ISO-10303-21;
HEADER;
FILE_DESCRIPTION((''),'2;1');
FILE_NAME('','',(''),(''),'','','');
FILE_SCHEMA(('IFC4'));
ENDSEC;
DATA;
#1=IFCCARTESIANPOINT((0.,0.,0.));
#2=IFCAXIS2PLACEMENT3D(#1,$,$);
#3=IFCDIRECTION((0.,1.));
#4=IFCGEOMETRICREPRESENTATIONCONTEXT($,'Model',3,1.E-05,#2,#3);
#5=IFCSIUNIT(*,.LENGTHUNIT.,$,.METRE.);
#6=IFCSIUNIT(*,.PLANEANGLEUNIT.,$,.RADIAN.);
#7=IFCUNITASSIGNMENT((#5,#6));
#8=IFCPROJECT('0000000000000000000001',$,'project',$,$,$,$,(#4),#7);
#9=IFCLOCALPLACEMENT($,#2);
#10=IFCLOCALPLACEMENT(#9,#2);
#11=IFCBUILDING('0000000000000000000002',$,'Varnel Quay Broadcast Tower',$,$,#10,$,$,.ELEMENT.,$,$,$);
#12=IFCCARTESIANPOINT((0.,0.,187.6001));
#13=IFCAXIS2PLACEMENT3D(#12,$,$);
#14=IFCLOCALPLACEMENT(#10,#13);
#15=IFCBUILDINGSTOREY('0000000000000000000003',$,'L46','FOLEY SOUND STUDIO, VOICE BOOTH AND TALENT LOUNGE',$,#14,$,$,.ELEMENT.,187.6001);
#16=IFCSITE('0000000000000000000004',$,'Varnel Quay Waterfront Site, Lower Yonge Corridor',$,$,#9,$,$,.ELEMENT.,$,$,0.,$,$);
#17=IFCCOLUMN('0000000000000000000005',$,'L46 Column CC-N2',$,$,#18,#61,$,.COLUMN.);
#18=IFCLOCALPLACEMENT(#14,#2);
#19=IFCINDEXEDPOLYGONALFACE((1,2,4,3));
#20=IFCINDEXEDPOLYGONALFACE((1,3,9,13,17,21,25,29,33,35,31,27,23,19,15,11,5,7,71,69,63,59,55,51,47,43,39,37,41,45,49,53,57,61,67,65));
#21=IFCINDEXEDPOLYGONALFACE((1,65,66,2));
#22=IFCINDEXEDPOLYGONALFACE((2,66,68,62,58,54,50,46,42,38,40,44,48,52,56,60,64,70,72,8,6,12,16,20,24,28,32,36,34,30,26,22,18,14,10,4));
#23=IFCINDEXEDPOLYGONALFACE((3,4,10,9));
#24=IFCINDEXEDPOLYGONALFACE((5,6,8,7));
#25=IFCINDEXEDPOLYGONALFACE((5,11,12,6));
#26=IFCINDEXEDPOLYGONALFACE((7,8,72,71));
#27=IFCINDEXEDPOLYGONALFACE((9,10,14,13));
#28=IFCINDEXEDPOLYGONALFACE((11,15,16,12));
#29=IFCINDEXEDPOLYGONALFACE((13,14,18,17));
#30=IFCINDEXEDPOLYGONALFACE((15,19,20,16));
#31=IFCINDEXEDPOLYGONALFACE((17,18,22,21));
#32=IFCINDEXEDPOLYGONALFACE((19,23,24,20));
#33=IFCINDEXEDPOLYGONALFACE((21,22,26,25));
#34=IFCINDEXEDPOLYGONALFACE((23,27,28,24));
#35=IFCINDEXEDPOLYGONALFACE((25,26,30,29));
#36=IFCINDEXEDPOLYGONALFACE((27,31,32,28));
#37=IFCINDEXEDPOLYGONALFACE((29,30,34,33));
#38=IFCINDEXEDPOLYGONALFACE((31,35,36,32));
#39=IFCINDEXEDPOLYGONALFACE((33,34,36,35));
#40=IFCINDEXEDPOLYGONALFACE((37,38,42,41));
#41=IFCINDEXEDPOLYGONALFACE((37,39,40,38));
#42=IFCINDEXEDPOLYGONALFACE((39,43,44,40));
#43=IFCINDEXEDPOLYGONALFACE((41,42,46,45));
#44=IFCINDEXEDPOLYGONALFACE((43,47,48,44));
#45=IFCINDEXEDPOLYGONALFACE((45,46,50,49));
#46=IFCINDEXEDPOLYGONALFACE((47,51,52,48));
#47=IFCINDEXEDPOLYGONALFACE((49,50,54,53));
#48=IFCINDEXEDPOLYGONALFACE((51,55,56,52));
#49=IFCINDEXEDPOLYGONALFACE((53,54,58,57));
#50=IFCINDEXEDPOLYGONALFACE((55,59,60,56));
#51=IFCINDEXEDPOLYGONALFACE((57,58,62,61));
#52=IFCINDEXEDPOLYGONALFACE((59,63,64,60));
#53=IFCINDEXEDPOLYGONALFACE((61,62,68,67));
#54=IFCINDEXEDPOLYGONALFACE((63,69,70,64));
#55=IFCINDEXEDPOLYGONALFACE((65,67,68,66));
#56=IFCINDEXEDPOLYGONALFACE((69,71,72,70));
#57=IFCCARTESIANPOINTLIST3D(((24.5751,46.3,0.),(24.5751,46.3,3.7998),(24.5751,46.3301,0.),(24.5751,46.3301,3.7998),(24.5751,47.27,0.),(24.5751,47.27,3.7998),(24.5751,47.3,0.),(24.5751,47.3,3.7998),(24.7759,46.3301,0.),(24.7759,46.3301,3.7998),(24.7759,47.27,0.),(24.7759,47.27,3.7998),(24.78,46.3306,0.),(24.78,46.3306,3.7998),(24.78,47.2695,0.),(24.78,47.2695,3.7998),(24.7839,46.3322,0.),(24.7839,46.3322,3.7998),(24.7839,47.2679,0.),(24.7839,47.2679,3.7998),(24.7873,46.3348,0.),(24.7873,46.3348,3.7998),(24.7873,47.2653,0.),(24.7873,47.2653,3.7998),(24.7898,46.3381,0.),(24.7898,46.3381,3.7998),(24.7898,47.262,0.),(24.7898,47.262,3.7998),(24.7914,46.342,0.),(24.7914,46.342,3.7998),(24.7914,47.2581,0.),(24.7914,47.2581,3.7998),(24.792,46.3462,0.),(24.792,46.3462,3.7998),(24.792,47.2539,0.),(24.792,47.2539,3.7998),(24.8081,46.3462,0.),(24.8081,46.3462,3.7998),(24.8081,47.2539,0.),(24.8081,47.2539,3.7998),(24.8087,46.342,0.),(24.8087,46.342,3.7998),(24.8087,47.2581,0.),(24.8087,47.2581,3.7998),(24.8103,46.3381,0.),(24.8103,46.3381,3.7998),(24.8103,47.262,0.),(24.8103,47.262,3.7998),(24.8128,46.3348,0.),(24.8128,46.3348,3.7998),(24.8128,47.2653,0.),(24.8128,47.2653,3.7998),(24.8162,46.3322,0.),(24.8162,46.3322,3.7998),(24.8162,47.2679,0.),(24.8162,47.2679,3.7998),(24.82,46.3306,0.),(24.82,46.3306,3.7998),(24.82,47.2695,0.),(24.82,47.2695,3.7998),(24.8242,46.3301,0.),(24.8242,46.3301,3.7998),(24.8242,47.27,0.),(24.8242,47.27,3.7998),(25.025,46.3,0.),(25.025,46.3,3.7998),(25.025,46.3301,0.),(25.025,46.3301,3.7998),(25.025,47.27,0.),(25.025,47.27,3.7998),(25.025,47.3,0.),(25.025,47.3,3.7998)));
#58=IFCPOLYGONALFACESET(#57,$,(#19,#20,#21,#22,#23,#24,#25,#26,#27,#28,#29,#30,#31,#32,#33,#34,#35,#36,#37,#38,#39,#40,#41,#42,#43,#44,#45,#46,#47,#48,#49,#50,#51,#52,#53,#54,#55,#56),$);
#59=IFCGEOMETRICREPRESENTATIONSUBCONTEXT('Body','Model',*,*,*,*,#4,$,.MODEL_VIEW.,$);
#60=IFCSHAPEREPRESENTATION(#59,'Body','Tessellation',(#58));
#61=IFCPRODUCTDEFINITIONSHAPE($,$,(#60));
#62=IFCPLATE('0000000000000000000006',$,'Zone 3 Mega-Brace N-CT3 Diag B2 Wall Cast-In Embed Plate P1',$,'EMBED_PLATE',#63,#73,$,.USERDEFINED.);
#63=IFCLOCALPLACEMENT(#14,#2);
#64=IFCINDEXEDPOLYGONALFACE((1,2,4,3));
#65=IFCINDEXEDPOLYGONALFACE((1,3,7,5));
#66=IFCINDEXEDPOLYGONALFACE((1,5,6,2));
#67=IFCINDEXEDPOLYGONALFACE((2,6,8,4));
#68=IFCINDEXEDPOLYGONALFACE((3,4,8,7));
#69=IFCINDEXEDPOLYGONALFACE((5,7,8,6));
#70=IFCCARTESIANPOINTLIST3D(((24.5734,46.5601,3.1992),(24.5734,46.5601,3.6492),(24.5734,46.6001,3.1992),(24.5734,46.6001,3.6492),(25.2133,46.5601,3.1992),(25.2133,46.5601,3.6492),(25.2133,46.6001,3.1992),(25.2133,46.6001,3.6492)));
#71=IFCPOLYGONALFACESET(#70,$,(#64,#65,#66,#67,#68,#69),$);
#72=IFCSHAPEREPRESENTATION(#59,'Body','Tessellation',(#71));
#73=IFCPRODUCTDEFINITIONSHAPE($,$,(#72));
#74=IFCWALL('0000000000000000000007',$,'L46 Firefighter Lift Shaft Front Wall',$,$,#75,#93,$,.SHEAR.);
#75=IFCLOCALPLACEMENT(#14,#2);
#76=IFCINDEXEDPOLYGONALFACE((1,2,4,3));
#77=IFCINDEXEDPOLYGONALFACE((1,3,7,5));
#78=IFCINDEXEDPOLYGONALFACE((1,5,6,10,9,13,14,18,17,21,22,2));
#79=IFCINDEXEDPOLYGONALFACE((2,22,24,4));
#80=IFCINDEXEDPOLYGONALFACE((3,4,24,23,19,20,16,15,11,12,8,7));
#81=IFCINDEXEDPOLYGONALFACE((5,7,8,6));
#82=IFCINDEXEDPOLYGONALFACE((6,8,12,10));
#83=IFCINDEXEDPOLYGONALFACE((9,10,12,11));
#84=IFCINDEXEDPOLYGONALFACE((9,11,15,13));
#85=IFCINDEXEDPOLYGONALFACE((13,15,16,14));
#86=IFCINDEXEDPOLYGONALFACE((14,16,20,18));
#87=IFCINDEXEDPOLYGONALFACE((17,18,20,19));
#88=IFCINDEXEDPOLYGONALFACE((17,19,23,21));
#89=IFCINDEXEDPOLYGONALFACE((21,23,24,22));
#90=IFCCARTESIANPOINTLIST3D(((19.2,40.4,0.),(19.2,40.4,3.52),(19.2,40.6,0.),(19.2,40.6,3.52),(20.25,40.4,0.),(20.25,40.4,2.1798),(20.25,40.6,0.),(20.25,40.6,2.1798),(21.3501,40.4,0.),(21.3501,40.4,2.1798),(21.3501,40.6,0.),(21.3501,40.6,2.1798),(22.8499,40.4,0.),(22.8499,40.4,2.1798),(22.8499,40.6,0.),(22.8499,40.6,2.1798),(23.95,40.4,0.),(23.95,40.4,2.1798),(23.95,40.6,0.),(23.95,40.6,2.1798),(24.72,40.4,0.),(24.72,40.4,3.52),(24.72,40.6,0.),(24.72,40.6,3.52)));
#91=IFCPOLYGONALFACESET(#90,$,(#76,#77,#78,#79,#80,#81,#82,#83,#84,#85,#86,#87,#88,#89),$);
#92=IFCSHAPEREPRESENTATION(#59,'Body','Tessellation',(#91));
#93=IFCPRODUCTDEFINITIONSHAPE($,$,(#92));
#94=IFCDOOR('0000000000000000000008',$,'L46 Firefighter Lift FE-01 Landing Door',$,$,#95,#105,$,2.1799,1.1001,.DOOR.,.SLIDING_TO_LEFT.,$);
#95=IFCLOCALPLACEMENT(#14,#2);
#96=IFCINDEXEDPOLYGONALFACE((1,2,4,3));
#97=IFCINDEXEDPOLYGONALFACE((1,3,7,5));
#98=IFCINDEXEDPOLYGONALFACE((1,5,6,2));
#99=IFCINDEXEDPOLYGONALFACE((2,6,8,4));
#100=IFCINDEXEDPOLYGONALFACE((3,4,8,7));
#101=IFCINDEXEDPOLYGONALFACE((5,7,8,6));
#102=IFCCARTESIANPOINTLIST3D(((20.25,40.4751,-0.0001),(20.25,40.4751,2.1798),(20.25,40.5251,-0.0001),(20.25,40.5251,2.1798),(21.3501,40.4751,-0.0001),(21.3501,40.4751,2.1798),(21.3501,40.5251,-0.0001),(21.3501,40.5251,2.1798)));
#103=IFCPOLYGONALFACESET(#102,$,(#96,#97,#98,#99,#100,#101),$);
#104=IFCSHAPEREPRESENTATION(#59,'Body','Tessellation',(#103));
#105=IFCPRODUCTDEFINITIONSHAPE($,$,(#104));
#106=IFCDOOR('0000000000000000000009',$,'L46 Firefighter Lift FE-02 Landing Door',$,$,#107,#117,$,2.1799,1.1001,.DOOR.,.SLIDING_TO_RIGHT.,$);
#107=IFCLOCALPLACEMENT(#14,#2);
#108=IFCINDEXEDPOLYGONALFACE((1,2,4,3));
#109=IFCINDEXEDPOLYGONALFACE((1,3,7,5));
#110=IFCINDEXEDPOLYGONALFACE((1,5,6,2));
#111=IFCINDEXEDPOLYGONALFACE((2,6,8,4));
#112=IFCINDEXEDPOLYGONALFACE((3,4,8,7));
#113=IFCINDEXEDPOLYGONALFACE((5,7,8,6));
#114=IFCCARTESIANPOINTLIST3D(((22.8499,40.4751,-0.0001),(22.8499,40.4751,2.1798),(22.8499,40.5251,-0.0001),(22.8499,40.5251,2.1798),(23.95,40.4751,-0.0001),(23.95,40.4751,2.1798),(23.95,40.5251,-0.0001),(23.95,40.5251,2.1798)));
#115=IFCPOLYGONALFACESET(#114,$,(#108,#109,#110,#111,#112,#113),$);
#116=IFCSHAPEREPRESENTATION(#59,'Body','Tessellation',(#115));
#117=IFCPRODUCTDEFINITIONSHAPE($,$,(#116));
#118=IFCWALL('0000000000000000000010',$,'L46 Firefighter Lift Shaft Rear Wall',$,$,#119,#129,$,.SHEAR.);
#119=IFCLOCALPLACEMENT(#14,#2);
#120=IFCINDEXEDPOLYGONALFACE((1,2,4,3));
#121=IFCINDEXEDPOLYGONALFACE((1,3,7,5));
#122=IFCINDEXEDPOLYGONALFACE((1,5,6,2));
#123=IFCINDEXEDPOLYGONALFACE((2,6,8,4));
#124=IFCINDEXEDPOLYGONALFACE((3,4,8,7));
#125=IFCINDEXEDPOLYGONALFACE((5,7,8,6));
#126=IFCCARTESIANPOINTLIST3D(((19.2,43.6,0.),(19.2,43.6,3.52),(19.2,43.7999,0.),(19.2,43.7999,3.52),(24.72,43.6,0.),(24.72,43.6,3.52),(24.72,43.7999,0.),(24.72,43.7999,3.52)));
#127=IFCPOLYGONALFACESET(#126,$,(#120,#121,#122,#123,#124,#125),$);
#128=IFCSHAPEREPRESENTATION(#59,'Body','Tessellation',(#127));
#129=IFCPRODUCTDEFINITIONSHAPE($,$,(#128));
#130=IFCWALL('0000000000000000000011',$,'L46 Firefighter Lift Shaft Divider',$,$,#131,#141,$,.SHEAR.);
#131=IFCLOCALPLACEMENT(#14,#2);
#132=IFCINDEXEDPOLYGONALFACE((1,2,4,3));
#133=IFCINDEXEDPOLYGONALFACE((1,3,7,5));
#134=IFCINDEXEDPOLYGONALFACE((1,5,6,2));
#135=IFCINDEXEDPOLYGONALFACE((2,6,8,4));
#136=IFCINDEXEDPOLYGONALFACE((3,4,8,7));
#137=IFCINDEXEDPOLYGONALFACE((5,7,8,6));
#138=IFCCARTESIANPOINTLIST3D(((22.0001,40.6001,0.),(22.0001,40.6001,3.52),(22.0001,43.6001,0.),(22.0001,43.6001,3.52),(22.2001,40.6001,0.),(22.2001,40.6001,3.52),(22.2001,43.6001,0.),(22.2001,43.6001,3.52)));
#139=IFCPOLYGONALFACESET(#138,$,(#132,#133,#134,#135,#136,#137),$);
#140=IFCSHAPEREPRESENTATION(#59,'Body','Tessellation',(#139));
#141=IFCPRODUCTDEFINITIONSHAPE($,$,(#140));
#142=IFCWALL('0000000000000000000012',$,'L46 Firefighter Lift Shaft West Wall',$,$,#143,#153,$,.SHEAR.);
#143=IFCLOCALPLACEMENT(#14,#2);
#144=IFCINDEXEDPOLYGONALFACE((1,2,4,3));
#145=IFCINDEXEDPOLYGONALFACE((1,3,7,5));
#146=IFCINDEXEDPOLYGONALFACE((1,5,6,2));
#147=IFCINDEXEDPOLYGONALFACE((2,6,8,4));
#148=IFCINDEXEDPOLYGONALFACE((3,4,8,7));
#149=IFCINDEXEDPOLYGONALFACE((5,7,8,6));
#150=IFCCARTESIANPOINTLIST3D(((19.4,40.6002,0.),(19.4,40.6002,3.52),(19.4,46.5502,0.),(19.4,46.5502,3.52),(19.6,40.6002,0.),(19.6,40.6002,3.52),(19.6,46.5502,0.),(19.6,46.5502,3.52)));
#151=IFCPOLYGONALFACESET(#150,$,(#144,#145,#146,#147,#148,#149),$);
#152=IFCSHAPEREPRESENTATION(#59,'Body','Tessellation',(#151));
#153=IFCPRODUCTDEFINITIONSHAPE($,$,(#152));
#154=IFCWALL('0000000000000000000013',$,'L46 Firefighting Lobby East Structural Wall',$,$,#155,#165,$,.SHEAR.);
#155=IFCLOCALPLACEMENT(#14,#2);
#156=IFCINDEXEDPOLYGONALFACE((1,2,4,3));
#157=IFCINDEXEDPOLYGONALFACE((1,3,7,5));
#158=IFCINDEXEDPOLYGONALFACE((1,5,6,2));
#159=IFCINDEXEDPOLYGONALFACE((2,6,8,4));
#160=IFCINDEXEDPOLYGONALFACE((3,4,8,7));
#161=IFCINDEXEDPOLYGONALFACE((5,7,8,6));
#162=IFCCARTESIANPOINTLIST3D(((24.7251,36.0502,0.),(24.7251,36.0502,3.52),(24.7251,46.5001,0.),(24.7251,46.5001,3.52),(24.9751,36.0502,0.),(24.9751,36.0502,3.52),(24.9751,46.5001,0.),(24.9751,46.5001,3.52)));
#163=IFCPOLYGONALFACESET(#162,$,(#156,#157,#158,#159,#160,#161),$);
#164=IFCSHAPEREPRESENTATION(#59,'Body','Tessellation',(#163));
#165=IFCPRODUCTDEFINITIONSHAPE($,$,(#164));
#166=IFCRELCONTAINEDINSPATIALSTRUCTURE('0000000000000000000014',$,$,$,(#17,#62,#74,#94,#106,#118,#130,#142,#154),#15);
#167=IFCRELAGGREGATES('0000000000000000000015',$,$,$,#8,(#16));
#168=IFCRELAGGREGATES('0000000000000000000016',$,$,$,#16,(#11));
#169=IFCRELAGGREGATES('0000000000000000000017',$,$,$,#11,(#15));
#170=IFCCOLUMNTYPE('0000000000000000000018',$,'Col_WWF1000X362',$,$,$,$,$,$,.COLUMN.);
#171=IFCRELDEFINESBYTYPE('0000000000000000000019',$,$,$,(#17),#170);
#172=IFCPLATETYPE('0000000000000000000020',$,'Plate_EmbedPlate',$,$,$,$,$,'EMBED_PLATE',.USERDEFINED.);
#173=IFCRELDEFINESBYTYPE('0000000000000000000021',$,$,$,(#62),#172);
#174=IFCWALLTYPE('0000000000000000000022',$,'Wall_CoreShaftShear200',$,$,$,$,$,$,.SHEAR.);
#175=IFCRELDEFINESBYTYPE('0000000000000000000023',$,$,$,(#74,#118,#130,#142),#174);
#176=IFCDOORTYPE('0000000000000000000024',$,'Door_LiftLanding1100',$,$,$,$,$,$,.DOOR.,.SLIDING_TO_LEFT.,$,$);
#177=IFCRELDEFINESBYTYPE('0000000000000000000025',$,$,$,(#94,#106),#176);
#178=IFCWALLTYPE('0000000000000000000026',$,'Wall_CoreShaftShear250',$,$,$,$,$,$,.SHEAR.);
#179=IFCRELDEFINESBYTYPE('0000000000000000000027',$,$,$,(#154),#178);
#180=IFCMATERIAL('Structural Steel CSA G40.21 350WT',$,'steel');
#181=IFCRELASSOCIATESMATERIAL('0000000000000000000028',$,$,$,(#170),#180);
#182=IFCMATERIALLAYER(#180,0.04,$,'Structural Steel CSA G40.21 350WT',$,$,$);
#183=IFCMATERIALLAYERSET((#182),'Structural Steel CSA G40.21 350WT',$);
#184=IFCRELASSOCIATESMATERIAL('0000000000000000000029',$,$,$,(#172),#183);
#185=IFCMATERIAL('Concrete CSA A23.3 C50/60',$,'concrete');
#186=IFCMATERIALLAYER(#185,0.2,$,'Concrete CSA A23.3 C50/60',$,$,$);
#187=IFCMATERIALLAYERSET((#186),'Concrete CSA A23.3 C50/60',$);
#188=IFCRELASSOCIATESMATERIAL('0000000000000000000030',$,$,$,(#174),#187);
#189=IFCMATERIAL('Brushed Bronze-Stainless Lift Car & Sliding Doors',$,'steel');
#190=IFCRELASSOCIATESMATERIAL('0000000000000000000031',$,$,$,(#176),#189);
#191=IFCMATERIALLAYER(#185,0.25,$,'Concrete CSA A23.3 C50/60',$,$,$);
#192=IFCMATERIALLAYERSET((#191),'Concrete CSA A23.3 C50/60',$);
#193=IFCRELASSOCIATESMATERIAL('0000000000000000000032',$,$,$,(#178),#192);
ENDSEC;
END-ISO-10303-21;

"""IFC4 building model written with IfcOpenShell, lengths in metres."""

from ifc_helpers import new_model, si_unit, direction, frame, frame_2d, origin, origin_2d, place, context, subcontext, project, spatial, rectangle, i_section, extrude, source, transform, mapped, material, layer, layer_set, material_profile, profile_set, type_object, type_shapes, element, fill, save


model = new_model("IFC4")

# Units and contexts
model_context = context("Model", 3, precision=1e-05, world=origin(), true_north=direction((0.0, 1.0)))
body_context = subcontext(model_context, "Body", "Model", "MODEL_VIEW")
ifc_project = project(units=[si_unit("LENGTHUNIT", "METRE"), si_unit("PLANEANGLEUNIT", "RADIAN")], contexts=[model_context])

# Site, building, storey
site_placement = place(None, origin())
site = spatial("IfcSite", under=ifc_project, at=site_placement, Name="Varnel Quay Waterfront Site, Lower Yonge Corridor", CompositionType="ELEMENT", RefElevation=0.0)
building_placement = place(site_placement, origin())
building = spatial("IfcBuilding", under=site, at=building_placement, Name="Varnel Quay Broadcast Tower", CompositionType="ELEMENT")
storey_placement = place(building_placement, frame((0.0, 0.0, 187.6001)))
storey = spatial("IfcBuildingStorey", under=building, at=storey_placement, Name="L46", Description="FOLEY SOUND STUDIO, VOICE BOOTH AND TALENT LOUNGE", CompositionType="ELEMENT", Elevation=187.6001)

# Column
ifc_material_1 = material(Name="Structural Steel CSA G40.21 350WT", Category="steel")
ifc_material_profile = material_profile(ifc_material_1, i_section(OverallWidth=0.45, OverallDepth=1.0, WebThickness=0.0161, FlangeThickness=0.03, FilletRadius=0.0161, at=origin_2d()), Name="WWF1000X362")
ifc_profile_set = profile_set([ifc_material_profile], Name="Structural Steel CSA G40.21 350WT")
column_type = type_object("IfcColumnType", Name="Col_WWF1000X362", PredefinedType="COLUMN", material=ifc_profile_set)
shared_shape_1 = source(origin(), body_context, "Body", "SweptSolid", [
    extrude(i_section(OverallWidth=0.45, OverallDepth=1.0, WebThickness=0.0161, FlangeThickness=0.03, FilletRadius=0.0161, at=origin_2d()), origin(), (0.0, 0.0, 1.0), 3.7998),
])
type_shapes(column_type, [shared_shape_1])
column_placement = place(storey_placement, frame((24.8, 46.8, 0.0), z_axis=(0.0, 0.0, 1.0), x_axis=(1.0, 0.0, 0.0)))
element("IfcColumn", 1, at=column_placement, inside=storey, type_object=column_type, Name="L46 Column CC-N2", PredefinedType="COLUMN", context=body_context, shape_type="MappedRepresentation", body=[
    mapped(shared_shape_1, transform((0.0, 0.0, 0.0), x_axis=(1.0, 0.0, 0.0), y_axis=(0.0, 1.0, 0.0), z_axis=(0.0, 0.0, 1.0), scale=1.0)),
])

# Plate
ifc_layer_1 = layer(ifc_material_1, 0.04, Name="Structural Steel CSA G40.21 350WT")
ifc_layer_set_1 = layer_set([ifc_layer_1], Name="Structural Steel CSA G40.21 350WT")
plate_type = type_object("IfcPlateType", Name="Plate_EmbedPlate", ElementType="EMBED_PLATE", PredefinedType="USERDEFINED", material=ifc_layer_set_1)
shared_shape_2 = source(origin(), body_context, "Body", "SweptSolid", [
    extrude(rectangle(XDim=0.6399, YDim=0.04, at=origin_2d()), origin(), (0.0, 0.0, 1.0), 0.45),
])
type_shapes(plate_type, [shared_shape_2])
plate_placement = place(storey_placement, frame((24.8933, 46.5801, 3.1992), z_axis=(0.0, 0.0, 1.0), x_axis=(1.0, 0.0, 0.0)))
element("IfcPlate", 2, at=plate_placement, inside=storey, type_object=plate_type, Name="Zone 3 Mega-Brace N-CT3 Diag B2 Wall Cast-In Embed Plate P1", ObjectType="EMBED_PLATE", PredefinedType="USERDEFINED", context=body_context, shape_type="MappedRepresentation", body=[
    mapped(shared_shape_2, transform((0.0, 0.0, 0.0), x_axis=(1.0, 0.0, 0.0), y_axis=(0.0, 1.0, 0.0), z_axis=(0.0, 0.0, 1.0), scale=1.0)),
])

# Wall, openings, doors
ifc_material_2 = material(Name="Concrete CSA A23.3 C50/60", Category="concrete")
ifc_layer_2 = layer(ifc_material_2, 0.2, Name="Concrete CSA A23.3 C50/60")
ifc_layer_set_2 = layer_set([ifc_layer_2], Name="Concrete CSA A23.3 C50/60")
wall_type_1 = type_object("IfcWallType", Name="Wall_CoreShaftShear200", PredefinedType="SHEAR", material=ifc_layer_set_2)
wall_1_placement = place(storey_placement, frame((19.2, 40.5, 0.0), z_axis=(0.0, 0.0, 1.0), x_axis=(1.0, 0.0, 0.0)))
wall_1 = element("IfcWall", 3, at=wall_1_placement, inside=storey, type_object=wall_type_1, Name="L46 Firefighter Lift Shaft Front Wall", PredefinedType="SHEAR", context=body_context, shape_type="SweptSolid", body=[
    extrude(rectangle(XDim=5.52, YDim=0.2, at=frame_2d((2.76, 0.0))), origin(), (0.0, 0.0, 1.0), 3.52),
])
opening_1_placement = place(wall_1_placement, frame((1.05, 0.0, 0.0)))
opening_1 = element("IfcOpeningElement", 4, at=opening_1_placement, cuts=wall_1, PredefinedType="OPENING", context=body_context, shape_type="SweptSolid", body=[
    extrude(rectangle(XDim=1.1001, YDim=2.1799, at=frame_2d((0.55, 1.0898))), frame((0.0, 0.1099, 0.0), z_axis=(0.0, -1.0, 0.0), x_axis=(1.0, 0.0, 0.0)), (0.0, 0.0, 1.0), 0.22),
])
opening_2_placement = place(wall_1_placement, frame((3.6499, 0.0, 0.0)))
opening_2 = element("IfcOpeningElement", 5, at=opening_2_placement, cuts=wall_1, PredefinedType="OPENING", context=body_context, shape_type="SweptSolid", body=[
    extrude(rectangle(XDim=1.1001, YDim=2.1799, at=frame_2d((0.55, 1.0898))), frame((0.0, 0.1099, 0.0), z_axis=(0.0, -1.0, 0.0), x_axis=(1.0, 0.0, 0.0)), (0.0, 0.0, 1.0), 0.22),
])
ifc_material_3 = material(Name="Brushed Bronze-Stainless Lift Car & Sliding Doors", Category="steel")
door_type_1 = type_object("IfcDoorType", Name="Door_LiftLanding1100", OperationType="SLIDING_TO_LEFT", PredefinedType="DOOR", material=ifc_material_3)
shared_shape_3 = source(origin(), body_context, "Body", "SweptSolid", [
    extrude(rectangle(XDim=1.1001, YDim=2.1799, at=frame_2d((0.55, 1.0898))), frame((0.0, 0.0249, 0.0), z_axis=(0.0, -1.0, 0.0), x_axis=(1.0, 0.0, 0.0)), (0.0, 0.0, 1.0), 0.05),
])
type_shapes(door_type_1, [shared_shape_3])
door_1_placement = place(opening_1_placement, frame((1.1001, 0.0, 0.0), z_axis=(0.0, 0.0, 1.0), x_axis=(-1.0, 0.0, 0.0)))
door_1 = element("IfcDoor", 6, at=door_1_placement, inside=storey, type_object=door_type_1, Name="L46 Firefighter Lift FE-01 Landing Door", OperationType="SLIDING_TO_LEFT", OverallHeight=2.1799, OverallWidth=1.1001, PredefinedType="DOOR", context=body_context, shape_type="MappedRepresentation", body=[
    mapped(shared_shape_3, transform((0.0, 0.0, 0.0), x_axis=(1.0, 0.0, 0.0), y_axis=(0.0, 1.0, 0.0), z_axis=(0.0, 0.0, 1.0), scale=1.0)),
])
fill(opening_1, door_1)
door_2_placement = place(opening_2_placement, frame((1.1001, 0.0, 0.0), z_axis=(0.0, 0.0, 1.0), x_axis=(-1.0, 0.0, 0.0)))
door_2 = element("IfcDoor", 7, at=door_2_placement, inside=storey, type_object=door_type_1, Name="L46 Firefighter Lift FE-02 Landing Door", OperationType="SLIDING_TO_RIGHT", OverallHeight=2.1799, OverallWidth=1.1001, PredefinedType="DOOR", context=body_context, shape_type="MappedRepresentation", body=[
    mapped(shared_shape_3, transform((0.0, 0.0, 0.0), x_axis=(1.0, 0.0, 0.0), y_axis=(0.0, 1.0, 0.0), z_axis=(0.0, 0.0, 1.0), scale=1.0)),
])
fill(opening_2, door_2)

# Walls
wall_2_placement = place(storey_placement, frame((19.2, 43.7, 0.0), z_axis=(0.0, 0.0, 1.0), x_axis=(1.0, 0.0, 0.0)))
element("IfcWall", 8, at=wall_2_placement, inside=storey, type_object=wall_type_1, Name="L46 Firefighter Lift Shaft Rear Wall", PredefinedType="SHEAR", context=body_context, shape_type="SweptSolid", body=[
    extrude(rectangle(XDim=5.52, YDim=0.2, at=frame_2d((2.76, 0.0))), origin(), (0.0, 0.0, 1.0), 3.52),
])
wall_3_placement = place(storey_placement, frame((22.1001, 40.6001, 0.0), z_axis=(0.0, 0.0, 1.0), x_axis=(0.0, 1.0, 0.0)))
element("IfcWall", 9, at=wall_3_placement, inside=storey, type_object=wall_type_1, Name="L46 Firefighter Lift Shaft Divider", PredefinedType="SHEAR", context=body_context, shape_type="SweptSolid", body=[
    extrude(rectangle(XDim=3.0, YDim=0.2, at=frame_2d((1.5, 0.0))), origin(), (0.0, 0.0, 1.0), 3.52),
])
wall_4_placement = place(storey_placement, frame((19.5, 40.6001, 0.0), z_axis=(0.0, 0.0, 1.0), x_axis=(0.0, 1.0, 0.0)))
element("IfcWall", 10, at=wall_4_placement, inside=storey, type_object=wall_type_1, Name="L46 Firefighter Lift Shaft West Wall", PredefinedType="SHEAR", context=body_context, shape_type="SweptSolid", body=[
    extrude(rectangle(XDim=5.95, YDim=0.2, at=frame_2d((2.9751, 0.0))), origin(), (0.0, 0.0, 1.0), 3.52),
])
ifc_layer_3 = layer(ifc_material_2, 0.25, Name="Concrete CSA A23.3 C50/60")
ifc_layer_set_3 = layer_set([ifc_layer_3], Name="Concrete CSA A23.3 C50/60")
wall_type_2 = type_object("IfcWallType", Name="Wall_CoreShaftShear250", PredefinedType="SHEAR", material=ifc_layer_set_3)
wall_5_placement = place(storey_placement, frame((24.8501, 36.05, 0.0), z_axis=(0.0, 0.0, 1.0), x_axis=(0.0, 1.0, 0.0)))
element("IfcWall", 11, at=wall_5_placement, inside=storey, type_object=wall_type_2, Name="L46 Firefighting Lobby East Structural Wall", PredefinedType="SHEAR", context=body_context, shape_type="SweptSolid", body=[
    extrude(rectangle(XDim=10.45, YDim=0.25, at=frame_2d((5.2251, 0.0))), origin(), (0.0, 0.0, 1.0), 3.52),
])

save(model, "model.ifc")
